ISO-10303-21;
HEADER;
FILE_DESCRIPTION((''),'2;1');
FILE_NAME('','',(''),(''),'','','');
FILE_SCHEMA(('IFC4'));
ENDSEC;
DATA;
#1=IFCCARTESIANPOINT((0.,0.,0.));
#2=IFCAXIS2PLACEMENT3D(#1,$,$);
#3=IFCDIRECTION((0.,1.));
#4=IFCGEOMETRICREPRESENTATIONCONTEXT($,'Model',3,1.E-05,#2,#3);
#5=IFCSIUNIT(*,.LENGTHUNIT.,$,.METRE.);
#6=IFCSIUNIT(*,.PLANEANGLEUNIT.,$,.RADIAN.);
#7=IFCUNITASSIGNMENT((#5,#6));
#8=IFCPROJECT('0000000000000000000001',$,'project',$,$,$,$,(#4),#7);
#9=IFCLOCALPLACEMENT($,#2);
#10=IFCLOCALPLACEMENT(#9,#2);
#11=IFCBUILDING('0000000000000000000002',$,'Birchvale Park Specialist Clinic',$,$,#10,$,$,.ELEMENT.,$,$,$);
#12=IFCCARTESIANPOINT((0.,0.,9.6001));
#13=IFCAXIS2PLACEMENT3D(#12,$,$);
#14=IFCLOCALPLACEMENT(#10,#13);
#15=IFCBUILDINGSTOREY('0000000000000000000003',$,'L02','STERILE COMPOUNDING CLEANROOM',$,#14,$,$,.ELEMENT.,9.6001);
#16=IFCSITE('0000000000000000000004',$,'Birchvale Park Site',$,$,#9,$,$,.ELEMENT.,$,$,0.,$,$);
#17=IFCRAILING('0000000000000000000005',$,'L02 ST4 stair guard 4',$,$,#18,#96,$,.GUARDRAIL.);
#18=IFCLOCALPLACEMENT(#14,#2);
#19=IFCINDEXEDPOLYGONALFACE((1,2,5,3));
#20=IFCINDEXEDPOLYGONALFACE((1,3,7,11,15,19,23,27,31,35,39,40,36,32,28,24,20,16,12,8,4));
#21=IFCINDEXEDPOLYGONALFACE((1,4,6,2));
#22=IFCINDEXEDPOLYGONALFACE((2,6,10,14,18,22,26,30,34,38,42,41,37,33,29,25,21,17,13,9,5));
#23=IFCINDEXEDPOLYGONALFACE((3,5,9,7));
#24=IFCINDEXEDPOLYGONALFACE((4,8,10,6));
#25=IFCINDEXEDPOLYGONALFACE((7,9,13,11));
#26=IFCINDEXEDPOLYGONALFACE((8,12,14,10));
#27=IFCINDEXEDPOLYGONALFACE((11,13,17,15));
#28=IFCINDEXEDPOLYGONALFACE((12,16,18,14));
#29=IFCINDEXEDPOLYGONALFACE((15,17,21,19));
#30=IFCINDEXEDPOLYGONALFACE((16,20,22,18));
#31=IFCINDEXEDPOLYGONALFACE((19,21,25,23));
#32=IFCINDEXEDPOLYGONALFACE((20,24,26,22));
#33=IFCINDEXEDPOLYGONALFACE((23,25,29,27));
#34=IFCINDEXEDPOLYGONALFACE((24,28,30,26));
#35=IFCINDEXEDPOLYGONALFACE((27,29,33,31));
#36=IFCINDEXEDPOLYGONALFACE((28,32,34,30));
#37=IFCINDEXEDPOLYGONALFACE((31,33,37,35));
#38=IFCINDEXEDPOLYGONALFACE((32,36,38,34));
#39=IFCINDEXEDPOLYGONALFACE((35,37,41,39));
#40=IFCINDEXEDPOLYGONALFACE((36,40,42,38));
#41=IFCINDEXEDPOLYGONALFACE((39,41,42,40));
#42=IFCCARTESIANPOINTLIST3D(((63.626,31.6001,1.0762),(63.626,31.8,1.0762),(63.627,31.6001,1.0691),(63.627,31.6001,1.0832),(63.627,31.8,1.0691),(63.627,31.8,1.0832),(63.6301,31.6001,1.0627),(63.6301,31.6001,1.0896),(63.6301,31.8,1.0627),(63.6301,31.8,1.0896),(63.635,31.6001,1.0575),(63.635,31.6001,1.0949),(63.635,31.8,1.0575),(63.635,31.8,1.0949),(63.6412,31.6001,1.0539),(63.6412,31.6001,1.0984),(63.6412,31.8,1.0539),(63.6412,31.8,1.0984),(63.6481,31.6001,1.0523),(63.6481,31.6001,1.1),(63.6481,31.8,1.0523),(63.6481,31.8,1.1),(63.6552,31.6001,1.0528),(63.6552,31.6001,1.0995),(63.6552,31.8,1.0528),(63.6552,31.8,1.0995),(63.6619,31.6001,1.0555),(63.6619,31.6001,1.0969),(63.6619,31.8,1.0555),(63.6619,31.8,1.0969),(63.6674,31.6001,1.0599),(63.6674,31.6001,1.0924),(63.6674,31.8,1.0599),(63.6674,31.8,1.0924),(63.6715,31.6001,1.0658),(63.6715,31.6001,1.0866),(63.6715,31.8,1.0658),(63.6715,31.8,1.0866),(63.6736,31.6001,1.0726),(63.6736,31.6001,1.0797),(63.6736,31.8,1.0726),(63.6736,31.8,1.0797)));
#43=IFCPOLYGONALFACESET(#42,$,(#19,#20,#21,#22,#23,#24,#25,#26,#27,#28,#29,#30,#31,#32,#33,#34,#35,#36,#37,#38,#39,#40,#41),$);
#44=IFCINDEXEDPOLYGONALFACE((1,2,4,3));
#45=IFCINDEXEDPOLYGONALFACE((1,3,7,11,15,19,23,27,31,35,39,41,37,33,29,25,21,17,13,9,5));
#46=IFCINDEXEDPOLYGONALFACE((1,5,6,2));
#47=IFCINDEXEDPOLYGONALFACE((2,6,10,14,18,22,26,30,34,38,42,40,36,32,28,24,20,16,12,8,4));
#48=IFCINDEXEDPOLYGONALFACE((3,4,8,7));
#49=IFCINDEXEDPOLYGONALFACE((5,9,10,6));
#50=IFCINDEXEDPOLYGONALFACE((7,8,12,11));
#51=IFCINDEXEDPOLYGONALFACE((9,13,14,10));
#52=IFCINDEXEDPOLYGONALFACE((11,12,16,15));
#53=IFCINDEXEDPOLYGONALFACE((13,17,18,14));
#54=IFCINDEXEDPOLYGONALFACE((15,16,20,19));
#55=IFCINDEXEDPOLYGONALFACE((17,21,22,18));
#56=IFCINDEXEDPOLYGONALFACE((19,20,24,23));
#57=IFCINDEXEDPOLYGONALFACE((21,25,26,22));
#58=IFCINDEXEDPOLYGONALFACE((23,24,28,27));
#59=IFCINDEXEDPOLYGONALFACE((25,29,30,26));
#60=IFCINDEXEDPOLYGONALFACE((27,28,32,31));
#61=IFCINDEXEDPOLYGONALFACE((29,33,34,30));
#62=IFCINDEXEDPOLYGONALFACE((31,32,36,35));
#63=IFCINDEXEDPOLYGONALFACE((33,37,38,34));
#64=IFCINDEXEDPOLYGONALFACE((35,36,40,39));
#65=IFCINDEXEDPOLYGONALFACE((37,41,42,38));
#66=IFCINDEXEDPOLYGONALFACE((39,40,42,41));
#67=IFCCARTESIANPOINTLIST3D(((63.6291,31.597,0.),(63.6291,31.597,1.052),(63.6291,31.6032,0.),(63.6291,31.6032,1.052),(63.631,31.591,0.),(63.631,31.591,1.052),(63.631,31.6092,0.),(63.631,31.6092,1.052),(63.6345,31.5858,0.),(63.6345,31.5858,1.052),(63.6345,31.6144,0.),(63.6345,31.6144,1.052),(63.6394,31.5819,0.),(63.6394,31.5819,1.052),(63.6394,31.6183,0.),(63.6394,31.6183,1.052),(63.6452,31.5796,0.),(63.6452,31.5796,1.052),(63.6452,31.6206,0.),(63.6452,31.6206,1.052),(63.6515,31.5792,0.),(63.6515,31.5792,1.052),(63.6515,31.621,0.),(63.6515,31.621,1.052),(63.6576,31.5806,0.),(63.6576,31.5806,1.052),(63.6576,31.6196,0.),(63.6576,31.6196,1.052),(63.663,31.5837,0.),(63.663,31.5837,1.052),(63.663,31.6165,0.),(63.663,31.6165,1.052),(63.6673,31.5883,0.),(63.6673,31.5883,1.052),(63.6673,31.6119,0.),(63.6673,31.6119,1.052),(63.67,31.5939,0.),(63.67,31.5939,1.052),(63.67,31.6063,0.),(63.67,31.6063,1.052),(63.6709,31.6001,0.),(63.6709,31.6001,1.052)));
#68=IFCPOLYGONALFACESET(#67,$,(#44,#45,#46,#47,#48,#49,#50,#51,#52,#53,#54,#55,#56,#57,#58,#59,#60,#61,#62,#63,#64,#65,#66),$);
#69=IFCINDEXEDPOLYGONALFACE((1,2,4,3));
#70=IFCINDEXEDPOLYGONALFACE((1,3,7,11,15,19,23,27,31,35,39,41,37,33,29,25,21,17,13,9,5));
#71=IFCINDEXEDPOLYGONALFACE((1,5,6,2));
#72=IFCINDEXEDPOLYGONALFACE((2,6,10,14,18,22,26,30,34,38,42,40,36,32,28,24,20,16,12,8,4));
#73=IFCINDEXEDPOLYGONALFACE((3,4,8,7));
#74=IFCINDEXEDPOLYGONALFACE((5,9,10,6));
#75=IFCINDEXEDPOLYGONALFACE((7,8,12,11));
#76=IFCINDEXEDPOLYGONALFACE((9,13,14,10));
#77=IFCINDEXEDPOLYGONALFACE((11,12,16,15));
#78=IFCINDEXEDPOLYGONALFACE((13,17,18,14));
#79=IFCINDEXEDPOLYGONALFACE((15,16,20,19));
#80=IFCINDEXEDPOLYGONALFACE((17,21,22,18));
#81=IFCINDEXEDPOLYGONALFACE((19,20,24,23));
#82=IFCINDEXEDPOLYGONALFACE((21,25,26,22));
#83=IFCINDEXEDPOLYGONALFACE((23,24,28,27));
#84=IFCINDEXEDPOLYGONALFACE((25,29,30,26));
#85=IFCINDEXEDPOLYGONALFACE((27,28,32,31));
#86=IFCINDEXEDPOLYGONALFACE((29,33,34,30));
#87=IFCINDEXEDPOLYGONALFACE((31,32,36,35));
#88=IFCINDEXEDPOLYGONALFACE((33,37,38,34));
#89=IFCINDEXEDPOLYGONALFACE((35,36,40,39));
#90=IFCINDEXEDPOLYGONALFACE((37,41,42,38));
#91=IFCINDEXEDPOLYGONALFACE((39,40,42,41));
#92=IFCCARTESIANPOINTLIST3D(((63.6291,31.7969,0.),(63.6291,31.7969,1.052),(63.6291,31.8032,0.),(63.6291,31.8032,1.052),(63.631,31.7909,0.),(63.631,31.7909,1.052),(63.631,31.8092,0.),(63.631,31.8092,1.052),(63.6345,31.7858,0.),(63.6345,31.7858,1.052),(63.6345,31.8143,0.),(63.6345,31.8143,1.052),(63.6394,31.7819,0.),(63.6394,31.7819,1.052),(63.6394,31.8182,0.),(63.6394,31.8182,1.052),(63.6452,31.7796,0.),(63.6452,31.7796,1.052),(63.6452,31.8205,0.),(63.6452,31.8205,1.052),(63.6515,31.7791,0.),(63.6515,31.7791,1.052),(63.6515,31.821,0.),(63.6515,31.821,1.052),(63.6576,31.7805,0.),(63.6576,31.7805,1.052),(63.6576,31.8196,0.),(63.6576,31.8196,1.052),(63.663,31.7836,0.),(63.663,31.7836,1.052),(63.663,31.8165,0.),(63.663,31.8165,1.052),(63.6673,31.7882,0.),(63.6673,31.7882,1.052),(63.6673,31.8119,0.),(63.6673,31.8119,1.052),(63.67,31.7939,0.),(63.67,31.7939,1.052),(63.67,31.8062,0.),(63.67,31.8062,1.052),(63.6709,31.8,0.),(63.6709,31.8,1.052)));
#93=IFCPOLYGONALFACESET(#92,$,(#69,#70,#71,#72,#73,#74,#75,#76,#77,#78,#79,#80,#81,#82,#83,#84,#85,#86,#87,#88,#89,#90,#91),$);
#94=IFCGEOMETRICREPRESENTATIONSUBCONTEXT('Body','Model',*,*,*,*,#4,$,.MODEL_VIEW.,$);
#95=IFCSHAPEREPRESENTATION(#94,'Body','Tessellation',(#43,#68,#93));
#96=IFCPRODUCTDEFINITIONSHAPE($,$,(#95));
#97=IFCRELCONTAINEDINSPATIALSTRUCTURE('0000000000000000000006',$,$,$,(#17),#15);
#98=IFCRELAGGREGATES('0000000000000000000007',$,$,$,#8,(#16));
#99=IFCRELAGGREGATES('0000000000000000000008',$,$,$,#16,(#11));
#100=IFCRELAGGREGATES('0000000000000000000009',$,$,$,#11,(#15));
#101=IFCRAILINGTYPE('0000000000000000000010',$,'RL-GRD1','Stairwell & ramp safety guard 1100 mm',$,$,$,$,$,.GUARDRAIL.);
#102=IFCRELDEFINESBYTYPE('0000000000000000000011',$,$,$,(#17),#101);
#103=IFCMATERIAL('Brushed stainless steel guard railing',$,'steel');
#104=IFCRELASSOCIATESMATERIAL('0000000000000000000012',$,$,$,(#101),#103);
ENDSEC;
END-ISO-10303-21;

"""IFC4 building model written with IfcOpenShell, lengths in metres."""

from ifc_helpers import new_model, si_unit, direction, frame, origin, origin_2d, place, context, subcontext, project, spatial, circle, extrude, material, type_object, element, save


model = new_model("IFC4")

# Units and contexts
model_context = context("Model", 3, precision=1e-05, world=origin(), true_north=direction((0.0, 1.0)))
body_context = subcontext(model_context, "Body", "Model", "MODEL_VIEW")
ifc_project = project(units=[si_unit("LENGTHUNIT", "METRE"), si_unit("PLANEANGLEUNIT", "RADIAN")], contexts=[model_context])

# Site, building, storey
site_placement = place(None, origin())
site = spatial("IfcSite", under=ifc_project, at=site_placement, Name="Birchvale Park Site", CompositionType="ELEMENT", RefElevation=0.0)
building_placement = place(site_placement, origin())
building = spatial("IfcBuilding", under=site, at=building_placement, Name="Birchvale Park Specialist Clinic", CompositionType="ELEMENT")
storey_placement = place(building_placement, frame((0.0, 0.0, 9.6001)))
storey = spatial("IfcBuildingStorey", under=building, at=storey_placement, Name="L02", Description="STERILE COMPOUNDING CLEANROOM", CompositionType="ELEMENT", Elevation=9.6001)

# Railing
ifc_material_1 = material(Name="Brushed stainless steel guard railing", Category="steel")
railing_type_1 = type_object("IfcRailingType", Name="RL-GRD1", Description="Stairwell & ramp safety guard 1100 mm", PredefinedType="GUARDRAIL", material=ifc_material_1)
railing_1_placement = place(storey_placement, frame((63.6499, 31.6001, 0.0)))
element("IfcRailing", 1, at=railing_1_placement, inside=storey, type_object=railing_type_1, Name="L02 ST4 stair guard 4", PredefinedType="GUARDRAIL", context=body_context, shape_type="SweptSolid", body=[
    extrude(circle(Radius=0.0239, at=origin_2d()), frame((0.0, 0.0, 1.0762), z_axis=(0.0, 1.0, 0.0), x_axis=(-1.0, 0.0, 0.0)), (0.0, 0.0, 1.0), 0.2),
    extrude(circle(Radius=0.021, at=origin_2d()), origin(), (0.0, 0.0, 1.0), 1.052),
    extrude(circle(Radius=0.021, at=origin_2d()), frame((0.0, 0.2, 0.0)), (0.0, 0.0, 1.0), 1.052),
])

save(model, "model.ifc")
